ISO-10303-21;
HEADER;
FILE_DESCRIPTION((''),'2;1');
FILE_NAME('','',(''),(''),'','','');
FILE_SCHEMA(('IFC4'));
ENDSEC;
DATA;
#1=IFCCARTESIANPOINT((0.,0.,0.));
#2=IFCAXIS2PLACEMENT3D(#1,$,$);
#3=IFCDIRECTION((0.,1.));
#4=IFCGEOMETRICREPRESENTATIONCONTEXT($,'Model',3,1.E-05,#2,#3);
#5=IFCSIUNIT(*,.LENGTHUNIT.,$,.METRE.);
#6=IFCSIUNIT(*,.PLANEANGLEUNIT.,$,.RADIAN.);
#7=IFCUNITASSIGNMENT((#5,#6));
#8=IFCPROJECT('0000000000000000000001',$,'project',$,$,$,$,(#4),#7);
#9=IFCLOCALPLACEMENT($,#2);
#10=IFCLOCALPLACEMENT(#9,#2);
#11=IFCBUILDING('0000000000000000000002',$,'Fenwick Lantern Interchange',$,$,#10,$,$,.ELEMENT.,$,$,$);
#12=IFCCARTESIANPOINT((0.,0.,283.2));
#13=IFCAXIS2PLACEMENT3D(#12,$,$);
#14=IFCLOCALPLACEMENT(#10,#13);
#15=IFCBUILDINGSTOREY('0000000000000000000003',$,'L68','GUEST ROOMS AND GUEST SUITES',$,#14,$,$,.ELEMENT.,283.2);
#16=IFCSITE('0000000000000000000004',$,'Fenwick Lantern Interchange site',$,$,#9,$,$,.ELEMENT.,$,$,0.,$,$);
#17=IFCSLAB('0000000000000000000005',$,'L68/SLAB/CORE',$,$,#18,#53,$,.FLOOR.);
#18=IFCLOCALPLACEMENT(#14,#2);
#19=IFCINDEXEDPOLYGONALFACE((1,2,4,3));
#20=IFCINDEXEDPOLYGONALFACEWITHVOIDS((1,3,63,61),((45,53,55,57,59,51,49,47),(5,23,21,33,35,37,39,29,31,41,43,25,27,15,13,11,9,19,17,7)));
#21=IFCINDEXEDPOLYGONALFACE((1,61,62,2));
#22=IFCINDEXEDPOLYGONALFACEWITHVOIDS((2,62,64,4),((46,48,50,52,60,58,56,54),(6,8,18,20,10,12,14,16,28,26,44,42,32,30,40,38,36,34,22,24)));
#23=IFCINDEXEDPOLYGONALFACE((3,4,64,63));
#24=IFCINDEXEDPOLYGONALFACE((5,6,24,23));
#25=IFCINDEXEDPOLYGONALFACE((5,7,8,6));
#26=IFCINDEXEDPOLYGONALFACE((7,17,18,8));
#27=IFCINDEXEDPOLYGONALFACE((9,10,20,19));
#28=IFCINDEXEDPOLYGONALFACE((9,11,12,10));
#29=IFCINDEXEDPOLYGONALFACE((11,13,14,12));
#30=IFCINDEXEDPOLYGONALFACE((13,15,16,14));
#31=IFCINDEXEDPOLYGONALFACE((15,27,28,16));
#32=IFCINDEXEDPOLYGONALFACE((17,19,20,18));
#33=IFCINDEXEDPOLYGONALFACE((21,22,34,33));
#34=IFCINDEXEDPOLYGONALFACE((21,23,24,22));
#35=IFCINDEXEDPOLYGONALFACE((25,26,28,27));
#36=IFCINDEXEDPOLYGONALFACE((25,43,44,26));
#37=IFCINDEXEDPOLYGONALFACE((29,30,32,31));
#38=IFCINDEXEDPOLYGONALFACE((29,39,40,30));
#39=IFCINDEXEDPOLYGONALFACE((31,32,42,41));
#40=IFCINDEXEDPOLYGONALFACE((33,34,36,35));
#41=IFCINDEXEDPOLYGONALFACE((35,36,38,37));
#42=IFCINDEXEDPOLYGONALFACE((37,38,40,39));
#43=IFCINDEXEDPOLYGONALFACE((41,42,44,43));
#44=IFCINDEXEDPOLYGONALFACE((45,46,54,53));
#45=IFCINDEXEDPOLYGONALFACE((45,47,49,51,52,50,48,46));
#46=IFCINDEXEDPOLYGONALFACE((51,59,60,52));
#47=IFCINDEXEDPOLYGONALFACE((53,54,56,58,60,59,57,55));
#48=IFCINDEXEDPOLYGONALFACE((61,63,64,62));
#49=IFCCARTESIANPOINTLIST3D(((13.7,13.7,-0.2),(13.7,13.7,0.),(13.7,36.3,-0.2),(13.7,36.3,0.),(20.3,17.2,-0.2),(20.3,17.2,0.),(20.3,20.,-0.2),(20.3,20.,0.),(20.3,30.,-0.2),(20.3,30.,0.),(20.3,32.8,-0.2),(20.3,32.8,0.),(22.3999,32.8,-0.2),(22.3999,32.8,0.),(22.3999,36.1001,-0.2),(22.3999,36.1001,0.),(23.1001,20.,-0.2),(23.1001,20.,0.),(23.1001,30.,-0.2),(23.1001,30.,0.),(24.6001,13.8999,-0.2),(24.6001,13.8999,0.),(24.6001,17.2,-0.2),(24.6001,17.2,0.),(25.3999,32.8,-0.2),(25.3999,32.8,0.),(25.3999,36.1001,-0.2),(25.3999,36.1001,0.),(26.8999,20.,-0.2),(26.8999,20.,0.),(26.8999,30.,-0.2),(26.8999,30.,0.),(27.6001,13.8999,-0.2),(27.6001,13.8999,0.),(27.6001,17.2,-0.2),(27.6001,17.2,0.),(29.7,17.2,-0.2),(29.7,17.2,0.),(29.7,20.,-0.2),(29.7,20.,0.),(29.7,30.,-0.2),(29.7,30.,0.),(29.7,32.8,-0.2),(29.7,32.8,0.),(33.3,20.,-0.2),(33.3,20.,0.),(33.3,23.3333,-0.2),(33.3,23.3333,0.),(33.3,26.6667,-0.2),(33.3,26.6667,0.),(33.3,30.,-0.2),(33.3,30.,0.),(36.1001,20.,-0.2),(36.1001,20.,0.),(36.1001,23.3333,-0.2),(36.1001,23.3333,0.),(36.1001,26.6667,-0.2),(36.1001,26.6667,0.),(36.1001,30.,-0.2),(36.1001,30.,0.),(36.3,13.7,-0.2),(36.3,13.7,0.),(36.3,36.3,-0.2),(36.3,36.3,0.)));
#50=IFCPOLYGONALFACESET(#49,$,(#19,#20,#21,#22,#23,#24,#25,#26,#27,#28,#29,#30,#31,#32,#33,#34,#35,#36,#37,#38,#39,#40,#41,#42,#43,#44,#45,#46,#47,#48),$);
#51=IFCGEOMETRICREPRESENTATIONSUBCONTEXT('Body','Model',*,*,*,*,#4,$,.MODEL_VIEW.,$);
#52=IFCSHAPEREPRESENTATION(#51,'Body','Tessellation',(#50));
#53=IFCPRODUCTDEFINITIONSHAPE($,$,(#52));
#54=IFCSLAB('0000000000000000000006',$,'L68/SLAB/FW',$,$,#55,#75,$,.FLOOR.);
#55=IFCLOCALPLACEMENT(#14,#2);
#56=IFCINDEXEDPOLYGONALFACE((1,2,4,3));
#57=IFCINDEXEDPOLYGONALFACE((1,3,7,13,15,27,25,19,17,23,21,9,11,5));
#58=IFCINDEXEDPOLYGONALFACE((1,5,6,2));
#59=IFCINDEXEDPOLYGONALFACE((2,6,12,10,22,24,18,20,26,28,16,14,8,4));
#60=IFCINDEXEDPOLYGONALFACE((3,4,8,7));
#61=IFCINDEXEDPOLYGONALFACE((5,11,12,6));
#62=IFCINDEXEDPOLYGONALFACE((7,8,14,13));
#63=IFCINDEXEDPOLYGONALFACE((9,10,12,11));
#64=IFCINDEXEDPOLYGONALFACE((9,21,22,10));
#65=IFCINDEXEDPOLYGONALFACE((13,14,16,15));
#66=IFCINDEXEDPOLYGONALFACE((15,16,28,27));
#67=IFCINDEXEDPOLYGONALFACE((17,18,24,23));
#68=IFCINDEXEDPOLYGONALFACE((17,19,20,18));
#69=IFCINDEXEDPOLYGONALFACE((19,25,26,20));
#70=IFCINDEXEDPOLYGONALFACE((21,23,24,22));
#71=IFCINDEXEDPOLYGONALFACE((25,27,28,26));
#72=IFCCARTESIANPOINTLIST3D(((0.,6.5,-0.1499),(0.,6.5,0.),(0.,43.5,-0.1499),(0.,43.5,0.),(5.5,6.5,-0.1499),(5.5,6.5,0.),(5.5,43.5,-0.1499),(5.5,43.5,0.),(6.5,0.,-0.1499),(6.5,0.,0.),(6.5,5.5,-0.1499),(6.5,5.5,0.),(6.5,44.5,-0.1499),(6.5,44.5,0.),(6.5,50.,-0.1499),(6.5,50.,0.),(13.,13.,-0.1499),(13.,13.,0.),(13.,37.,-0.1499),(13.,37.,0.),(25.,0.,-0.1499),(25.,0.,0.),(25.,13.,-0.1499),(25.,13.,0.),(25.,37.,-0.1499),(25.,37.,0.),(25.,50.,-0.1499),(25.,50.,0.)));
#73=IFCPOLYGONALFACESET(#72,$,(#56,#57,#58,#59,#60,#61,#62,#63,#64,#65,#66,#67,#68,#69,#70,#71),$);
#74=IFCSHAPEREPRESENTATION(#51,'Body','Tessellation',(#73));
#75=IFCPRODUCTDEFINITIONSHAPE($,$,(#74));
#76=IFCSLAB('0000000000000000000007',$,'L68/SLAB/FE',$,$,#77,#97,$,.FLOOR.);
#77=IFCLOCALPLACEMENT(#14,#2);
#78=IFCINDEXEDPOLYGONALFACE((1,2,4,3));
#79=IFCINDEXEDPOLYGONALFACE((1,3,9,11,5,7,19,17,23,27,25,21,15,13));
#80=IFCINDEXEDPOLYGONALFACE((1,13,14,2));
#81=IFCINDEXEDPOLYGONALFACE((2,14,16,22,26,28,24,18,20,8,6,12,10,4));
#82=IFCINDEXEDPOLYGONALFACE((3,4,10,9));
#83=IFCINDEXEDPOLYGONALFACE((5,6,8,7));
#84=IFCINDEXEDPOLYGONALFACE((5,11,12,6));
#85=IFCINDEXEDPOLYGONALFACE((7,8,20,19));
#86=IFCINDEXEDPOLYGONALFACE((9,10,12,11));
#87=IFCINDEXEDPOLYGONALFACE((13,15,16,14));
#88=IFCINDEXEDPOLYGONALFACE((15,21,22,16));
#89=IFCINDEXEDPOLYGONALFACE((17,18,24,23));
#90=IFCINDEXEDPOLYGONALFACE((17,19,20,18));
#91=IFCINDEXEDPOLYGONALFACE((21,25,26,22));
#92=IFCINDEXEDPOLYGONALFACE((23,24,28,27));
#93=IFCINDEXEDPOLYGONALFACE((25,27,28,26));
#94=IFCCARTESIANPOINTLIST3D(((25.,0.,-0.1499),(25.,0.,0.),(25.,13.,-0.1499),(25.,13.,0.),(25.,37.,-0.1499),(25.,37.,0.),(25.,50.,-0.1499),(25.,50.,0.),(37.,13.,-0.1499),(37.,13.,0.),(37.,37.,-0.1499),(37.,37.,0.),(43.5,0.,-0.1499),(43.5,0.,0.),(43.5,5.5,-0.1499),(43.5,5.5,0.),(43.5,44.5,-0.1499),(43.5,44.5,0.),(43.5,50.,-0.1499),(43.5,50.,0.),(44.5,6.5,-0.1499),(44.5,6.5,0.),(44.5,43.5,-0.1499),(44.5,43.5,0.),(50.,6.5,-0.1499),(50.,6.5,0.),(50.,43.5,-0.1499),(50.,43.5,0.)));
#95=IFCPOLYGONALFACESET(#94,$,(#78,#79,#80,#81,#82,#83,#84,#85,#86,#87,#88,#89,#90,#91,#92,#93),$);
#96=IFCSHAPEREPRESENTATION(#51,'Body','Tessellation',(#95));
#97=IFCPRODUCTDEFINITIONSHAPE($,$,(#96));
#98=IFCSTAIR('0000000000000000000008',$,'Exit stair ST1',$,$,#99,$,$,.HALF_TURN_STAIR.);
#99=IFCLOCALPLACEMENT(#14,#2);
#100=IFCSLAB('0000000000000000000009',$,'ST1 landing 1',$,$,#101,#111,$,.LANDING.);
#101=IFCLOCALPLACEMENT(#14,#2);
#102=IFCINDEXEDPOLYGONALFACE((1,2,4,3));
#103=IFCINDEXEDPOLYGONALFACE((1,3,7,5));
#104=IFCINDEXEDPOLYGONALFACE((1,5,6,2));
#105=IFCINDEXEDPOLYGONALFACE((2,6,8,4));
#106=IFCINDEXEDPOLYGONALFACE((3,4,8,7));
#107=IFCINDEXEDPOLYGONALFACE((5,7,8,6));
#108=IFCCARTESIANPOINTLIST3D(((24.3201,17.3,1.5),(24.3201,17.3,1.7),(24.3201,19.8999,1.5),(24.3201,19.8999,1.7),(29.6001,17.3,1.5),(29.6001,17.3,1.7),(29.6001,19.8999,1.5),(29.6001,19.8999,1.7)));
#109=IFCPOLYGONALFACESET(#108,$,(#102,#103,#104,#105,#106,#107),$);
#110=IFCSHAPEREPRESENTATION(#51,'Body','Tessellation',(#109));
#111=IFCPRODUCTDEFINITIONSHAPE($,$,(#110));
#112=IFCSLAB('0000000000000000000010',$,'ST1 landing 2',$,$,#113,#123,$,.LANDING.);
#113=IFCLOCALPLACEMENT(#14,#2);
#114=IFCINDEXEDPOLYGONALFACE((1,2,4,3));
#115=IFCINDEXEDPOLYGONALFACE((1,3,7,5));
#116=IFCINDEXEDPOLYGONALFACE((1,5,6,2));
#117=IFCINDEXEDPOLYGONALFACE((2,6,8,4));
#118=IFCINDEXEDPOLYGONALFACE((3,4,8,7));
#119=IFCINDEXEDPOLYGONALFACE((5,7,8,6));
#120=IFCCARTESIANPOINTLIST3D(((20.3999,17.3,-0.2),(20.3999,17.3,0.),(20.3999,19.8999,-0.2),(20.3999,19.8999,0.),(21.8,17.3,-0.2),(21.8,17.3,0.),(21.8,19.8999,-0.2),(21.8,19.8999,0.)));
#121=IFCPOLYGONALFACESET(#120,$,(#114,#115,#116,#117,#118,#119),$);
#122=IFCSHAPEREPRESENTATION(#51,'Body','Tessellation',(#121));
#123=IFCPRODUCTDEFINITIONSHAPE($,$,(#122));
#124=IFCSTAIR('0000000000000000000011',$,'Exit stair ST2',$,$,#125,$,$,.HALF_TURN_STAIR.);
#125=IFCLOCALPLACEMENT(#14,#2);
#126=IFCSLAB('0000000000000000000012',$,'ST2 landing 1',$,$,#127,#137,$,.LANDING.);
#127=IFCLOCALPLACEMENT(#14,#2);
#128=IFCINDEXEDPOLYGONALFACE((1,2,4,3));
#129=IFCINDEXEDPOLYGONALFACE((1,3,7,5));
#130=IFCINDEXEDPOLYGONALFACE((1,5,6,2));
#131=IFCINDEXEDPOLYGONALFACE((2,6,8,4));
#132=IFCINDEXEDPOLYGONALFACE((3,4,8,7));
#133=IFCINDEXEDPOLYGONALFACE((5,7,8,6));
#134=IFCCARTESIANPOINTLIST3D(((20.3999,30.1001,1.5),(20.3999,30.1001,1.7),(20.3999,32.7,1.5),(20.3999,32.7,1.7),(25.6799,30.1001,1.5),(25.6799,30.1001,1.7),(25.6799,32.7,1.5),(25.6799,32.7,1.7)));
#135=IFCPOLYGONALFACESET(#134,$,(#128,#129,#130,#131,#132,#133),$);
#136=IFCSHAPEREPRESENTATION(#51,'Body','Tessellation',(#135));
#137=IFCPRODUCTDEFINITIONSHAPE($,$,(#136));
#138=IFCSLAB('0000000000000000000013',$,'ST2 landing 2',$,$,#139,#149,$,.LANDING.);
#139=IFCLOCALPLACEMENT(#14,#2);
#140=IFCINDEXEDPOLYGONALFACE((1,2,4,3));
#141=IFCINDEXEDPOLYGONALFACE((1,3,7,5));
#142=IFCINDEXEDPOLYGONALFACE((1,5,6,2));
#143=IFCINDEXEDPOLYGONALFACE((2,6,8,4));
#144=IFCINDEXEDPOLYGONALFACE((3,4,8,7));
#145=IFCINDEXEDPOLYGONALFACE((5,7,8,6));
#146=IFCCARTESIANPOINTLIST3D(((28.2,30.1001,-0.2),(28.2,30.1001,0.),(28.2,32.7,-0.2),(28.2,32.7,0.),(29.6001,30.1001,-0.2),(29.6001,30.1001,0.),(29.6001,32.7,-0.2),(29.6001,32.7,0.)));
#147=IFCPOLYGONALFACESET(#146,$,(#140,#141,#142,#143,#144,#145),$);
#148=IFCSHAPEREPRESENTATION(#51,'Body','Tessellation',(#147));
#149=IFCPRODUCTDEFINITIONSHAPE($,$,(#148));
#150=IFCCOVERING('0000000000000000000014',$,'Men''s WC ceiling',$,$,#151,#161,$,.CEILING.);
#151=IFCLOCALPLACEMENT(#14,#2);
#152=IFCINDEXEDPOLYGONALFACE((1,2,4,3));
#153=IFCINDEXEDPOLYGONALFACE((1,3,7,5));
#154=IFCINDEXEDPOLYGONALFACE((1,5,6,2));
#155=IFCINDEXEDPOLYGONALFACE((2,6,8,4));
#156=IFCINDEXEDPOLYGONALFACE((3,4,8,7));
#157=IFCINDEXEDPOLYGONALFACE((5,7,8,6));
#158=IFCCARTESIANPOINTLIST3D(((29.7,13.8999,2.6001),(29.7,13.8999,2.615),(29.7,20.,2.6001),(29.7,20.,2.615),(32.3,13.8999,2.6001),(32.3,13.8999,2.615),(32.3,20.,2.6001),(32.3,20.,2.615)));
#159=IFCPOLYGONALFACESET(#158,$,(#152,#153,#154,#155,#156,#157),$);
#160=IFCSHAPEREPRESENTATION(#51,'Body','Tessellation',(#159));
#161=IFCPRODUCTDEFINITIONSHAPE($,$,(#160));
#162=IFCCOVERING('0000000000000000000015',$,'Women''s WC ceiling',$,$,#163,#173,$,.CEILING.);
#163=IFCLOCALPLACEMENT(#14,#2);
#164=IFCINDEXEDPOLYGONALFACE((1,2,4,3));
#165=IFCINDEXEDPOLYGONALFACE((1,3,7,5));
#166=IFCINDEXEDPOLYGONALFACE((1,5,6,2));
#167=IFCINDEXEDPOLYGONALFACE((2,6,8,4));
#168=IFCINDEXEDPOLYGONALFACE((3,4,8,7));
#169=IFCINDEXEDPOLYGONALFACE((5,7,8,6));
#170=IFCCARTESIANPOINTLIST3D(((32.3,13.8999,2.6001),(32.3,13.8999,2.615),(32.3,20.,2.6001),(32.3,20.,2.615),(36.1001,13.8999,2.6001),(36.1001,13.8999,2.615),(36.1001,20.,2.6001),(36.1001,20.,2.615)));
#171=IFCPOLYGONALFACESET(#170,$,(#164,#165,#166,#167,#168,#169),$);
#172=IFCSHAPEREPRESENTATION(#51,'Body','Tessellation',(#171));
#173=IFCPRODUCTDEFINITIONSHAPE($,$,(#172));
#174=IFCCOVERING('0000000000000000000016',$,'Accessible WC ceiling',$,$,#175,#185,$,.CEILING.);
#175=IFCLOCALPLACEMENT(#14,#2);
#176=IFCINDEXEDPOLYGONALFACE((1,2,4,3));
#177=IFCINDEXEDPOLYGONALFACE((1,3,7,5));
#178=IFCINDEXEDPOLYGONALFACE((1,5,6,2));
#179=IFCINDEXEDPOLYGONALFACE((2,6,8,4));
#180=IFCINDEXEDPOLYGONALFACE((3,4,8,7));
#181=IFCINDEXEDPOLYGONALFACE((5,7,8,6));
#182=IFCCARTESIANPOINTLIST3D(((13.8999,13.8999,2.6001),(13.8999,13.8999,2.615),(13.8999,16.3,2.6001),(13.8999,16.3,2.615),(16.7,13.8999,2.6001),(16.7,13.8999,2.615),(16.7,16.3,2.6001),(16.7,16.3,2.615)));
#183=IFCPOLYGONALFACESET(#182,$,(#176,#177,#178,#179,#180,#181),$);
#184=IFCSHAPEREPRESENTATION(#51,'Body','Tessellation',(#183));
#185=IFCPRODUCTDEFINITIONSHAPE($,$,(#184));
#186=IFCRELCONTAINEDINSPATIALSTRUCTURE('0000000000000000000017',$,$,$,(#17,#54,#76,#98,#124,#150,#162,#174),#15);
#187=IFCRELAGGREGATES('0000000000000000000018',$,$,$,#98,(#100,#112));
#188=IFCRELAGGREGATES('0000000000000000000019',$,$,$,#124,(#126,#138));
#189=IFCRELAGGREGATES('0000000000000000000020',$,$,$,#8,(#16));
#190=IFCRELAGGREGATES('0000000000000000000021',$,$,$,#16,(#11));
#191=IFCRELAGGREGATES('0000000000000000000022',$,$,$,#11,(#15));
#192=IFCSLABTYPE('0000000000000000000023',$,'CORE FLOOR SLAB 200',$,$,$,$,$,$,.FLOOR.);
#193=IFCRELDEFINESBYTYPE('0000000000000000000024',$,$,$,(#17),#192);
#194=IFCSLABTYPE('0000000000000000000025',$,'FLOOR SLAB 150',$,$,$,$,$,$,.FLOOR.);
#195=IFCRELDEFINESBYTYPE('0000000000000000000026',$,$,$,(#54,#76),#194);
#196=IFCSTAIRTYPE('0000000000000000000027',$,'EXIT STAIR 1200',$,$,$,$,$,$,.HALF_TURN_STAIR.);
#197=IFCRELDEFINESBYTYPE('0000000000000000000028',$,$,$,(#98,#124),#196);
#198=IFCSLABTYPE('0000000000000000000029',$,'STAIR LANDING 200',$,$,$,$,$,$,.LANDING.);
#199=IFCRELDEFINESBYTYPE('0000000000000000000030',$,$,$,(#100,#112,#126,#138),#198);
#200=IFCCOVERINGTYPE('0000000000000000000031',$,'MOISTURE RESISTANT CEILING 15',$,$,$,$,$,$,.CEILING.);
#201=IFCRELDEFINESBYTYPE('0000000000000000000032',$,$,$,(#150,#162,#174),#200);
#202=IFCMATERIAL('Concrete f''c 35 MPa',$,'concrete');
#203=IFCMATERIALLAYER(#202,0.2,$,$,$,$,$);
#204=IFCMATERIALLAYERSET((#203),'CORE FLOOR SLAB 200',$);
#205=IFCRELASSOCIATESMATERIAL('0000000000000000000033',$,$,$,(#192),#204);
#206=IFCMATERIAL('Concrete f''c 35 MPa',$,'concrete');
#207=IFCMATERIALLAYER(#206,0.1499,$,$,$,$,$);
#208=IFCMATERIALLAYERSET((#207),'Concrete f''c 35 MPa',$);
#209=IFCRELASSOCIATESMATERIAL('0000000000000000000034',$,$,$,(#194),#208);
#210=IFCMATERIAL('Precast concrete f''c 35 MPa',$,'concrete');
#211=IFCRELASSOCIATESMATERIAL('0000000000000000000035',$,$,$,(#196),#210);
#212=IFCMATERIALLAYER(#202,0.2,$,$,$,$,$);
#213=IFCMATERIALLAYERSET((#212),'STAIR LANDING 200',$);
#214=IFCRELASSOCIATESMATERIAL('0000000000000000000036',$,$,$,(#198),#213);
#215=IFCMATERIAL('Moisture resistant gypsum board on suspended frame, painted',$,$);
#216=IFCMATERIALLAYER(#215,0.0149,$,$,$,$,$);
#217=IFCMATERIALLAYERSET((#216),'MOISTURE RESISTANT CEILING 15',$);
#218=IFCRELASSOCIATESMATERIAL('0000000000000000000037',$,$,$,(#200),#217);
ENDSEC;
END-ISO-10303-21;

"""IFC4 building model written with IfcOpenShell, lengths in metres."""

from ifc_helpers import new_model, si_unit, direction, frame, origin, place, context, subcontext, project, spatial, polyline, outline, extrude, material, layer, layer_set, type_object, element, aggregate, save


model = new_model("IFC4")

# Units and contexts
model_context = context("Model", 3, precision=1e-05, world=origin(), true_north=direction((0.0, 1.0)))
body_context = subcontext(model_context, "Body", "Model", "MODEL_VIEW")
ifc_project = project(units=[si_unit("LENGTHUNIT", "METRE"), si_unit("PLANEANGLEUNIT", "RADIAN")], contexts=[model_context])

# Site, building, storey
site_placement = place(None, origin())
site = spatial("IfcSite", under=ifc_project, at=site_placement, Name="Fenwick Lantern Interchange site", CompositionType="ELEMENT", RefElevation=0.0)
building_placement = place(site_placement, origin())
building = spatial("IfcBuilding", under=site, at=building_placement, Name="Fenwick Lantern Interchange", CompositionType="ELEMENT")
storey_placement = place(building_placement, frame((0.0, 0.0, 283.2)))
storey = spatial("IfcBuildingStorey", under=building, at=storey_placement, Name="L68", Description="GUEST ROOMS AND GUEST SUITES", CompositionType="ELEMENT", Elevation=283.2)

# Slabs
ifc_material_1 = material(Name="Concrete f'c 35 MPa", Category="concrete")
ifc_layer_1 = layer(ifc_material_1, 0.2)
ifc_layer_set_1 = layer_set([ifc_layer_1], Name="CORE FLOOR SLAB 200")
slab_type_1 = type_object("IfcSlabType", Name="CORE FLOOR SLAB 200", PredefinedType="FLOOR", material=ifc_layer_set_1)
slab_1_placement = place(storey_placement, frame((0.0, 0.0, -0.2)))
element("IfcSlab", 1, at=slab_1_placement, inside=storey, type_object=slab_type_1, Name="L68/SLAB/CORE", PredefinedType="FLOOR", context=body_context, shape_type="SweptSolid", body=[
    extrude(outline(polyline([(13.7, 36.3), (36.3, 36.3), (36.3, 13.7), (13.7, 13.7), (13.7, 36.3)]), holes=[polyline([(24.6001, 13.8999), (27.6001, 13.8999), (27.6001, 17.2), (29.7, 17.2), (29.7, 20.0), (26.8999, 20.0), (26.8999, 30.0), (29.7, 30.0), (29.7, 32.8), (25.3999, 32.8), (25.3999, 36.1001), (22.3999, 36.1001), (22.3999, 32.8), (20.3, 32.8), (20.3, 30.0), (23.1001, 30.0), (23.1001, 20.0), (20.3, 20.0), (20.3, 17.2), (24.6001, 17.2), (24.6001, 13.8999)]), polyline([(33.3, 20.0), (36.1001, 20.0), (36.1001, 23.3333), (36.1001, 26.6667), (36.1001, 30.0), (33.3, 30.0), (33.3, 26.6667), (33.3, 23.3333), (33.3, 20.0)])]), origin(), (0.0, 0.0, 1.0), 0.2),
])
ifc_material_2 = material(Name="Concrete f'c 35 MPa", Category="concrete")
ifc_layer_2 = layer(ifc_material_2, 0.1499)
ifc_layer_set_2 = layer_set([ifc_layer_2], Name="Concrete f'c 35 MPa")
slab_type_2 = type_object("IfcSlabType", Name="FLOOR SLAB 150", PredefinedType="FLOOR", material=ifc_layer_set_2)
slab_2_placement = place(storey_placement, frame((0.0, 0.0, -0.1499)))
element("IfcSlab", 2, at=slab_2_placement, inside=storey, type_object=slab_type_2, Name="L68/SLAB/FW", PredefinedType="FLOOR", context=body_context, shape_type="SweptSolid", body=[
    extrude(outline(polyline([(6.5, 0.0), (6.5, 5.5), (5.5, 6.5), (0.0, 6.5), (0.0, 43.5), (5.5, 43.5), (6.5, 44.5), (6.5, 50.0), (25.0, 50.0), (25.0, 37.0), (13.0, 37.0), (13.0, 13.0), (25.0, 13.0), (25.0, 0.0), (6.5, 0.0)])), origin(), (0.0, 0.0, 1.0), 0.1499),
])
slab_3_placement = place(storey_placement, frame((0.0, 0.0, -0.1499)))
element("IfcSlab", 3, at=slab_3_placement, inside=storey, type_object=slab_type_2, Name="L68/SLAB/FE", PredefinedType="FLOOR", context=body_context, shape_type="SweptSolid", body=[
    extrude(outline(polyline([(43.5, 50.0), (43.5, 44.5), (44.5, 43.5), (50.0, 43.5), (50.0, 6.5), (44.5, 6.5), (43.5, 5.5), (43.5, 0.0), (25.0, 0.0), (25.0, 13.0), (37.0, 13.0), (37.0, 37.0), (25.0, 37.0), (25.0, 50.0), (43.5, 50.0)])), origin(), (0.0, 0.0, 1.0), 0.1499),
])

# Stairs, slabs
ifc_material_3 = material(Name="Precast concrete f'c 35 MPa", Category="concrete")
stair_type = type_object("IfcStairType", Name="EXIT STAIR 1200", PredefinedType="HALF_TURN_STAIR", material=ifc_material_3)
stair_1_placement = place(storey_placement, origin())
stair_1 = element("IfcStair", 4, at=stair_1_placement, inside=storey, type_object=stair_type, Name="Exit stair ST1", PredefinedType="HALF_TURN_STAIR")
ifc_layer_3 = layer(ifc_material_1, 0.2)
ifc_layer_set_3 = layer_set([ifc_layer_3], Name="STAIR LANDING 200")
slab_type_3 = type_object("IfcSlabType", Name="STAIR LANDING 200", PredefinedType="LANDING", material=ifc_layer_set_3)
slab_4_placement = place(storey_placement, frame((0.0, 0.0, 1.5)))
slab_4 = element("IfcSlab", 5, at=slab_4_placement, type_object=slab_type_3, Name="ST1 landing 1", PredefinedType="LANDING", context=body_context, shape_type="SweptSolid", body=[
    extrude(outline(polyline([(24.3201, 17.3), (29.6001, 17.3), (29.6001, 19.8999), (24.3201, 19.8999), (24.3201, 17.3)])), origin(), (0.0, 0.0, 1.0), 0.2),
])
slab_5_placement = place(storey_placement, frame((0.0, 0.0, -0.2)))
slab_5 = element("IfcSlab", 6, at=slab_5_placement, type_object=slab_type_3, Name="ST1 landing 2", PredefinedType="LANDING", context=body_context, shape_type="SweptSolid", body=[
    extrude(outline(polyline([(20.3999, 17.3), (21.8, 17.3), (21.8, 19.8999), (20.3999, 19.8999), (20.3999, 17.3)])), origin(), (0.0, 0.0, 1.0), 0.2),
])
aggregate(stair_1, [slab_4, slab_5])
stair_2_placement = place(storey_placement, origin())
stair_2 = element("IfcStair", 7, at=stair_2_placement, inside=storey, type_object=stair_type, Name="Exit stair ST2", PredefinedType="HALF_TURN_STAIR")
slab_6_placement = place(storey_placement, frame((0.0, 0.0, 1.5)))
slab_6 = element("IfcSlab", 8, at=slab_6_placement, type_object=slab_type_3, Name="ST2 landing 1", PredefinedType="LANDING", context=body_context, shape_type="SweptSolid", body=[
    extrude(outline(polyline([(25.6799, 32.7), (20.3999, 32.7), (20.3999, 30.1001), (25.6799, 30.1001), (25.6799, 32.7)])), origin(), (0.0, 0.0, 1.0), 0.2),
])
slab_7_placement = place(storey_placement, frame((0.0, 0.0, -0.2)))
slab_7 = element("IfcSlab", 9, at=slab_7_placement, type_object=slab_type_3, Name="ST2 landing 2", PredefinedType="LANDING", context=body_context, shape_type="SweptSolid", body=[
    extrude(outline(polyline([(29.6001, 32.7), (28.2, 32.7), (28.2, 30.1001), (29.6001, 30.1001), (29.6001, 32.7)])), origin(), (0.0, 0.0, 1.0), 0.2),
])
aggregate(stair_2, [slab_6, slab_7])

# Coverings
ifc_material_4 = material(Name="Moisture resistant gypsum board on suspended frame, painted")
ifc_layer_4 = layer(ifc_material_4, 0.0149)
ifc_layer_set_4 = layer_set([ifc_layer_4], Name="MOISTURE RESISTANT CEILING 15")
covering_type_1 = type_object("IfcCoveringType", Name="MOISTURE RESISTANT CEILING 15", PredefinedType="CEILING", material=ifc_layer_set_4)
covering_1_placement = place(storey_placement, frame((0.0, 0.0, 2.6001)))
element("IfcCovering", 10, at=covering_1_placement, inside=storey, type_object=covering_type_1, Name="Men's WC ceiling", PredefinedType="CEILING", context=body_context, shape_type="SweptSolid", body=[
    extrude(outline(polyline([(29.7, 13.8999), (32.3, 13.8999), (32.3, 20.0), (29.7, 20.0), (29.7, 13.8999)])), origin(), (0.0, 0.0, 1.0), 0.0149),
])
covering_2_placement = place(storey_placement, frame((0.0, 0.0, 2.6001)))
element("IfcCovering", 11, at=covering_2_placement, inside=storey, type_object=covering_type_1, Name="Women's WC ceiling", PredefinedType="CEILING", context=body_context, shape_type="SweptSolid", body=[
    extrude(outline(polyline([(32.3, 13.8999), (36.1001, 13.8999), (36.1001, 20.0), (32.3, 20.0), (32.3, 13.8999)])), origin(), (0.0, 0.0, 1.0), 0.0149),
])
covering_3_placement = place(storey_placement, frame((0.0, 0.0, 2.6001)))
element("IfcCovering", 12, at=covering_3_placement, inside=storey, type_object=covering_type_1, Name="Accessible WC ceiling", PredefinedType="CEILING", context=body_context, shape_type="SweptSolid", body=[
    extrude(outline(polyline([(13.8999, 13.8999), (16.7, 13.8999), (16.7, 16.3), (13.8999, 16.3), (13.8999, 13.8999)])), origin(), (0.0, 0.0, 1.0), 0.0149),
])

save(model, "model.ifc")
